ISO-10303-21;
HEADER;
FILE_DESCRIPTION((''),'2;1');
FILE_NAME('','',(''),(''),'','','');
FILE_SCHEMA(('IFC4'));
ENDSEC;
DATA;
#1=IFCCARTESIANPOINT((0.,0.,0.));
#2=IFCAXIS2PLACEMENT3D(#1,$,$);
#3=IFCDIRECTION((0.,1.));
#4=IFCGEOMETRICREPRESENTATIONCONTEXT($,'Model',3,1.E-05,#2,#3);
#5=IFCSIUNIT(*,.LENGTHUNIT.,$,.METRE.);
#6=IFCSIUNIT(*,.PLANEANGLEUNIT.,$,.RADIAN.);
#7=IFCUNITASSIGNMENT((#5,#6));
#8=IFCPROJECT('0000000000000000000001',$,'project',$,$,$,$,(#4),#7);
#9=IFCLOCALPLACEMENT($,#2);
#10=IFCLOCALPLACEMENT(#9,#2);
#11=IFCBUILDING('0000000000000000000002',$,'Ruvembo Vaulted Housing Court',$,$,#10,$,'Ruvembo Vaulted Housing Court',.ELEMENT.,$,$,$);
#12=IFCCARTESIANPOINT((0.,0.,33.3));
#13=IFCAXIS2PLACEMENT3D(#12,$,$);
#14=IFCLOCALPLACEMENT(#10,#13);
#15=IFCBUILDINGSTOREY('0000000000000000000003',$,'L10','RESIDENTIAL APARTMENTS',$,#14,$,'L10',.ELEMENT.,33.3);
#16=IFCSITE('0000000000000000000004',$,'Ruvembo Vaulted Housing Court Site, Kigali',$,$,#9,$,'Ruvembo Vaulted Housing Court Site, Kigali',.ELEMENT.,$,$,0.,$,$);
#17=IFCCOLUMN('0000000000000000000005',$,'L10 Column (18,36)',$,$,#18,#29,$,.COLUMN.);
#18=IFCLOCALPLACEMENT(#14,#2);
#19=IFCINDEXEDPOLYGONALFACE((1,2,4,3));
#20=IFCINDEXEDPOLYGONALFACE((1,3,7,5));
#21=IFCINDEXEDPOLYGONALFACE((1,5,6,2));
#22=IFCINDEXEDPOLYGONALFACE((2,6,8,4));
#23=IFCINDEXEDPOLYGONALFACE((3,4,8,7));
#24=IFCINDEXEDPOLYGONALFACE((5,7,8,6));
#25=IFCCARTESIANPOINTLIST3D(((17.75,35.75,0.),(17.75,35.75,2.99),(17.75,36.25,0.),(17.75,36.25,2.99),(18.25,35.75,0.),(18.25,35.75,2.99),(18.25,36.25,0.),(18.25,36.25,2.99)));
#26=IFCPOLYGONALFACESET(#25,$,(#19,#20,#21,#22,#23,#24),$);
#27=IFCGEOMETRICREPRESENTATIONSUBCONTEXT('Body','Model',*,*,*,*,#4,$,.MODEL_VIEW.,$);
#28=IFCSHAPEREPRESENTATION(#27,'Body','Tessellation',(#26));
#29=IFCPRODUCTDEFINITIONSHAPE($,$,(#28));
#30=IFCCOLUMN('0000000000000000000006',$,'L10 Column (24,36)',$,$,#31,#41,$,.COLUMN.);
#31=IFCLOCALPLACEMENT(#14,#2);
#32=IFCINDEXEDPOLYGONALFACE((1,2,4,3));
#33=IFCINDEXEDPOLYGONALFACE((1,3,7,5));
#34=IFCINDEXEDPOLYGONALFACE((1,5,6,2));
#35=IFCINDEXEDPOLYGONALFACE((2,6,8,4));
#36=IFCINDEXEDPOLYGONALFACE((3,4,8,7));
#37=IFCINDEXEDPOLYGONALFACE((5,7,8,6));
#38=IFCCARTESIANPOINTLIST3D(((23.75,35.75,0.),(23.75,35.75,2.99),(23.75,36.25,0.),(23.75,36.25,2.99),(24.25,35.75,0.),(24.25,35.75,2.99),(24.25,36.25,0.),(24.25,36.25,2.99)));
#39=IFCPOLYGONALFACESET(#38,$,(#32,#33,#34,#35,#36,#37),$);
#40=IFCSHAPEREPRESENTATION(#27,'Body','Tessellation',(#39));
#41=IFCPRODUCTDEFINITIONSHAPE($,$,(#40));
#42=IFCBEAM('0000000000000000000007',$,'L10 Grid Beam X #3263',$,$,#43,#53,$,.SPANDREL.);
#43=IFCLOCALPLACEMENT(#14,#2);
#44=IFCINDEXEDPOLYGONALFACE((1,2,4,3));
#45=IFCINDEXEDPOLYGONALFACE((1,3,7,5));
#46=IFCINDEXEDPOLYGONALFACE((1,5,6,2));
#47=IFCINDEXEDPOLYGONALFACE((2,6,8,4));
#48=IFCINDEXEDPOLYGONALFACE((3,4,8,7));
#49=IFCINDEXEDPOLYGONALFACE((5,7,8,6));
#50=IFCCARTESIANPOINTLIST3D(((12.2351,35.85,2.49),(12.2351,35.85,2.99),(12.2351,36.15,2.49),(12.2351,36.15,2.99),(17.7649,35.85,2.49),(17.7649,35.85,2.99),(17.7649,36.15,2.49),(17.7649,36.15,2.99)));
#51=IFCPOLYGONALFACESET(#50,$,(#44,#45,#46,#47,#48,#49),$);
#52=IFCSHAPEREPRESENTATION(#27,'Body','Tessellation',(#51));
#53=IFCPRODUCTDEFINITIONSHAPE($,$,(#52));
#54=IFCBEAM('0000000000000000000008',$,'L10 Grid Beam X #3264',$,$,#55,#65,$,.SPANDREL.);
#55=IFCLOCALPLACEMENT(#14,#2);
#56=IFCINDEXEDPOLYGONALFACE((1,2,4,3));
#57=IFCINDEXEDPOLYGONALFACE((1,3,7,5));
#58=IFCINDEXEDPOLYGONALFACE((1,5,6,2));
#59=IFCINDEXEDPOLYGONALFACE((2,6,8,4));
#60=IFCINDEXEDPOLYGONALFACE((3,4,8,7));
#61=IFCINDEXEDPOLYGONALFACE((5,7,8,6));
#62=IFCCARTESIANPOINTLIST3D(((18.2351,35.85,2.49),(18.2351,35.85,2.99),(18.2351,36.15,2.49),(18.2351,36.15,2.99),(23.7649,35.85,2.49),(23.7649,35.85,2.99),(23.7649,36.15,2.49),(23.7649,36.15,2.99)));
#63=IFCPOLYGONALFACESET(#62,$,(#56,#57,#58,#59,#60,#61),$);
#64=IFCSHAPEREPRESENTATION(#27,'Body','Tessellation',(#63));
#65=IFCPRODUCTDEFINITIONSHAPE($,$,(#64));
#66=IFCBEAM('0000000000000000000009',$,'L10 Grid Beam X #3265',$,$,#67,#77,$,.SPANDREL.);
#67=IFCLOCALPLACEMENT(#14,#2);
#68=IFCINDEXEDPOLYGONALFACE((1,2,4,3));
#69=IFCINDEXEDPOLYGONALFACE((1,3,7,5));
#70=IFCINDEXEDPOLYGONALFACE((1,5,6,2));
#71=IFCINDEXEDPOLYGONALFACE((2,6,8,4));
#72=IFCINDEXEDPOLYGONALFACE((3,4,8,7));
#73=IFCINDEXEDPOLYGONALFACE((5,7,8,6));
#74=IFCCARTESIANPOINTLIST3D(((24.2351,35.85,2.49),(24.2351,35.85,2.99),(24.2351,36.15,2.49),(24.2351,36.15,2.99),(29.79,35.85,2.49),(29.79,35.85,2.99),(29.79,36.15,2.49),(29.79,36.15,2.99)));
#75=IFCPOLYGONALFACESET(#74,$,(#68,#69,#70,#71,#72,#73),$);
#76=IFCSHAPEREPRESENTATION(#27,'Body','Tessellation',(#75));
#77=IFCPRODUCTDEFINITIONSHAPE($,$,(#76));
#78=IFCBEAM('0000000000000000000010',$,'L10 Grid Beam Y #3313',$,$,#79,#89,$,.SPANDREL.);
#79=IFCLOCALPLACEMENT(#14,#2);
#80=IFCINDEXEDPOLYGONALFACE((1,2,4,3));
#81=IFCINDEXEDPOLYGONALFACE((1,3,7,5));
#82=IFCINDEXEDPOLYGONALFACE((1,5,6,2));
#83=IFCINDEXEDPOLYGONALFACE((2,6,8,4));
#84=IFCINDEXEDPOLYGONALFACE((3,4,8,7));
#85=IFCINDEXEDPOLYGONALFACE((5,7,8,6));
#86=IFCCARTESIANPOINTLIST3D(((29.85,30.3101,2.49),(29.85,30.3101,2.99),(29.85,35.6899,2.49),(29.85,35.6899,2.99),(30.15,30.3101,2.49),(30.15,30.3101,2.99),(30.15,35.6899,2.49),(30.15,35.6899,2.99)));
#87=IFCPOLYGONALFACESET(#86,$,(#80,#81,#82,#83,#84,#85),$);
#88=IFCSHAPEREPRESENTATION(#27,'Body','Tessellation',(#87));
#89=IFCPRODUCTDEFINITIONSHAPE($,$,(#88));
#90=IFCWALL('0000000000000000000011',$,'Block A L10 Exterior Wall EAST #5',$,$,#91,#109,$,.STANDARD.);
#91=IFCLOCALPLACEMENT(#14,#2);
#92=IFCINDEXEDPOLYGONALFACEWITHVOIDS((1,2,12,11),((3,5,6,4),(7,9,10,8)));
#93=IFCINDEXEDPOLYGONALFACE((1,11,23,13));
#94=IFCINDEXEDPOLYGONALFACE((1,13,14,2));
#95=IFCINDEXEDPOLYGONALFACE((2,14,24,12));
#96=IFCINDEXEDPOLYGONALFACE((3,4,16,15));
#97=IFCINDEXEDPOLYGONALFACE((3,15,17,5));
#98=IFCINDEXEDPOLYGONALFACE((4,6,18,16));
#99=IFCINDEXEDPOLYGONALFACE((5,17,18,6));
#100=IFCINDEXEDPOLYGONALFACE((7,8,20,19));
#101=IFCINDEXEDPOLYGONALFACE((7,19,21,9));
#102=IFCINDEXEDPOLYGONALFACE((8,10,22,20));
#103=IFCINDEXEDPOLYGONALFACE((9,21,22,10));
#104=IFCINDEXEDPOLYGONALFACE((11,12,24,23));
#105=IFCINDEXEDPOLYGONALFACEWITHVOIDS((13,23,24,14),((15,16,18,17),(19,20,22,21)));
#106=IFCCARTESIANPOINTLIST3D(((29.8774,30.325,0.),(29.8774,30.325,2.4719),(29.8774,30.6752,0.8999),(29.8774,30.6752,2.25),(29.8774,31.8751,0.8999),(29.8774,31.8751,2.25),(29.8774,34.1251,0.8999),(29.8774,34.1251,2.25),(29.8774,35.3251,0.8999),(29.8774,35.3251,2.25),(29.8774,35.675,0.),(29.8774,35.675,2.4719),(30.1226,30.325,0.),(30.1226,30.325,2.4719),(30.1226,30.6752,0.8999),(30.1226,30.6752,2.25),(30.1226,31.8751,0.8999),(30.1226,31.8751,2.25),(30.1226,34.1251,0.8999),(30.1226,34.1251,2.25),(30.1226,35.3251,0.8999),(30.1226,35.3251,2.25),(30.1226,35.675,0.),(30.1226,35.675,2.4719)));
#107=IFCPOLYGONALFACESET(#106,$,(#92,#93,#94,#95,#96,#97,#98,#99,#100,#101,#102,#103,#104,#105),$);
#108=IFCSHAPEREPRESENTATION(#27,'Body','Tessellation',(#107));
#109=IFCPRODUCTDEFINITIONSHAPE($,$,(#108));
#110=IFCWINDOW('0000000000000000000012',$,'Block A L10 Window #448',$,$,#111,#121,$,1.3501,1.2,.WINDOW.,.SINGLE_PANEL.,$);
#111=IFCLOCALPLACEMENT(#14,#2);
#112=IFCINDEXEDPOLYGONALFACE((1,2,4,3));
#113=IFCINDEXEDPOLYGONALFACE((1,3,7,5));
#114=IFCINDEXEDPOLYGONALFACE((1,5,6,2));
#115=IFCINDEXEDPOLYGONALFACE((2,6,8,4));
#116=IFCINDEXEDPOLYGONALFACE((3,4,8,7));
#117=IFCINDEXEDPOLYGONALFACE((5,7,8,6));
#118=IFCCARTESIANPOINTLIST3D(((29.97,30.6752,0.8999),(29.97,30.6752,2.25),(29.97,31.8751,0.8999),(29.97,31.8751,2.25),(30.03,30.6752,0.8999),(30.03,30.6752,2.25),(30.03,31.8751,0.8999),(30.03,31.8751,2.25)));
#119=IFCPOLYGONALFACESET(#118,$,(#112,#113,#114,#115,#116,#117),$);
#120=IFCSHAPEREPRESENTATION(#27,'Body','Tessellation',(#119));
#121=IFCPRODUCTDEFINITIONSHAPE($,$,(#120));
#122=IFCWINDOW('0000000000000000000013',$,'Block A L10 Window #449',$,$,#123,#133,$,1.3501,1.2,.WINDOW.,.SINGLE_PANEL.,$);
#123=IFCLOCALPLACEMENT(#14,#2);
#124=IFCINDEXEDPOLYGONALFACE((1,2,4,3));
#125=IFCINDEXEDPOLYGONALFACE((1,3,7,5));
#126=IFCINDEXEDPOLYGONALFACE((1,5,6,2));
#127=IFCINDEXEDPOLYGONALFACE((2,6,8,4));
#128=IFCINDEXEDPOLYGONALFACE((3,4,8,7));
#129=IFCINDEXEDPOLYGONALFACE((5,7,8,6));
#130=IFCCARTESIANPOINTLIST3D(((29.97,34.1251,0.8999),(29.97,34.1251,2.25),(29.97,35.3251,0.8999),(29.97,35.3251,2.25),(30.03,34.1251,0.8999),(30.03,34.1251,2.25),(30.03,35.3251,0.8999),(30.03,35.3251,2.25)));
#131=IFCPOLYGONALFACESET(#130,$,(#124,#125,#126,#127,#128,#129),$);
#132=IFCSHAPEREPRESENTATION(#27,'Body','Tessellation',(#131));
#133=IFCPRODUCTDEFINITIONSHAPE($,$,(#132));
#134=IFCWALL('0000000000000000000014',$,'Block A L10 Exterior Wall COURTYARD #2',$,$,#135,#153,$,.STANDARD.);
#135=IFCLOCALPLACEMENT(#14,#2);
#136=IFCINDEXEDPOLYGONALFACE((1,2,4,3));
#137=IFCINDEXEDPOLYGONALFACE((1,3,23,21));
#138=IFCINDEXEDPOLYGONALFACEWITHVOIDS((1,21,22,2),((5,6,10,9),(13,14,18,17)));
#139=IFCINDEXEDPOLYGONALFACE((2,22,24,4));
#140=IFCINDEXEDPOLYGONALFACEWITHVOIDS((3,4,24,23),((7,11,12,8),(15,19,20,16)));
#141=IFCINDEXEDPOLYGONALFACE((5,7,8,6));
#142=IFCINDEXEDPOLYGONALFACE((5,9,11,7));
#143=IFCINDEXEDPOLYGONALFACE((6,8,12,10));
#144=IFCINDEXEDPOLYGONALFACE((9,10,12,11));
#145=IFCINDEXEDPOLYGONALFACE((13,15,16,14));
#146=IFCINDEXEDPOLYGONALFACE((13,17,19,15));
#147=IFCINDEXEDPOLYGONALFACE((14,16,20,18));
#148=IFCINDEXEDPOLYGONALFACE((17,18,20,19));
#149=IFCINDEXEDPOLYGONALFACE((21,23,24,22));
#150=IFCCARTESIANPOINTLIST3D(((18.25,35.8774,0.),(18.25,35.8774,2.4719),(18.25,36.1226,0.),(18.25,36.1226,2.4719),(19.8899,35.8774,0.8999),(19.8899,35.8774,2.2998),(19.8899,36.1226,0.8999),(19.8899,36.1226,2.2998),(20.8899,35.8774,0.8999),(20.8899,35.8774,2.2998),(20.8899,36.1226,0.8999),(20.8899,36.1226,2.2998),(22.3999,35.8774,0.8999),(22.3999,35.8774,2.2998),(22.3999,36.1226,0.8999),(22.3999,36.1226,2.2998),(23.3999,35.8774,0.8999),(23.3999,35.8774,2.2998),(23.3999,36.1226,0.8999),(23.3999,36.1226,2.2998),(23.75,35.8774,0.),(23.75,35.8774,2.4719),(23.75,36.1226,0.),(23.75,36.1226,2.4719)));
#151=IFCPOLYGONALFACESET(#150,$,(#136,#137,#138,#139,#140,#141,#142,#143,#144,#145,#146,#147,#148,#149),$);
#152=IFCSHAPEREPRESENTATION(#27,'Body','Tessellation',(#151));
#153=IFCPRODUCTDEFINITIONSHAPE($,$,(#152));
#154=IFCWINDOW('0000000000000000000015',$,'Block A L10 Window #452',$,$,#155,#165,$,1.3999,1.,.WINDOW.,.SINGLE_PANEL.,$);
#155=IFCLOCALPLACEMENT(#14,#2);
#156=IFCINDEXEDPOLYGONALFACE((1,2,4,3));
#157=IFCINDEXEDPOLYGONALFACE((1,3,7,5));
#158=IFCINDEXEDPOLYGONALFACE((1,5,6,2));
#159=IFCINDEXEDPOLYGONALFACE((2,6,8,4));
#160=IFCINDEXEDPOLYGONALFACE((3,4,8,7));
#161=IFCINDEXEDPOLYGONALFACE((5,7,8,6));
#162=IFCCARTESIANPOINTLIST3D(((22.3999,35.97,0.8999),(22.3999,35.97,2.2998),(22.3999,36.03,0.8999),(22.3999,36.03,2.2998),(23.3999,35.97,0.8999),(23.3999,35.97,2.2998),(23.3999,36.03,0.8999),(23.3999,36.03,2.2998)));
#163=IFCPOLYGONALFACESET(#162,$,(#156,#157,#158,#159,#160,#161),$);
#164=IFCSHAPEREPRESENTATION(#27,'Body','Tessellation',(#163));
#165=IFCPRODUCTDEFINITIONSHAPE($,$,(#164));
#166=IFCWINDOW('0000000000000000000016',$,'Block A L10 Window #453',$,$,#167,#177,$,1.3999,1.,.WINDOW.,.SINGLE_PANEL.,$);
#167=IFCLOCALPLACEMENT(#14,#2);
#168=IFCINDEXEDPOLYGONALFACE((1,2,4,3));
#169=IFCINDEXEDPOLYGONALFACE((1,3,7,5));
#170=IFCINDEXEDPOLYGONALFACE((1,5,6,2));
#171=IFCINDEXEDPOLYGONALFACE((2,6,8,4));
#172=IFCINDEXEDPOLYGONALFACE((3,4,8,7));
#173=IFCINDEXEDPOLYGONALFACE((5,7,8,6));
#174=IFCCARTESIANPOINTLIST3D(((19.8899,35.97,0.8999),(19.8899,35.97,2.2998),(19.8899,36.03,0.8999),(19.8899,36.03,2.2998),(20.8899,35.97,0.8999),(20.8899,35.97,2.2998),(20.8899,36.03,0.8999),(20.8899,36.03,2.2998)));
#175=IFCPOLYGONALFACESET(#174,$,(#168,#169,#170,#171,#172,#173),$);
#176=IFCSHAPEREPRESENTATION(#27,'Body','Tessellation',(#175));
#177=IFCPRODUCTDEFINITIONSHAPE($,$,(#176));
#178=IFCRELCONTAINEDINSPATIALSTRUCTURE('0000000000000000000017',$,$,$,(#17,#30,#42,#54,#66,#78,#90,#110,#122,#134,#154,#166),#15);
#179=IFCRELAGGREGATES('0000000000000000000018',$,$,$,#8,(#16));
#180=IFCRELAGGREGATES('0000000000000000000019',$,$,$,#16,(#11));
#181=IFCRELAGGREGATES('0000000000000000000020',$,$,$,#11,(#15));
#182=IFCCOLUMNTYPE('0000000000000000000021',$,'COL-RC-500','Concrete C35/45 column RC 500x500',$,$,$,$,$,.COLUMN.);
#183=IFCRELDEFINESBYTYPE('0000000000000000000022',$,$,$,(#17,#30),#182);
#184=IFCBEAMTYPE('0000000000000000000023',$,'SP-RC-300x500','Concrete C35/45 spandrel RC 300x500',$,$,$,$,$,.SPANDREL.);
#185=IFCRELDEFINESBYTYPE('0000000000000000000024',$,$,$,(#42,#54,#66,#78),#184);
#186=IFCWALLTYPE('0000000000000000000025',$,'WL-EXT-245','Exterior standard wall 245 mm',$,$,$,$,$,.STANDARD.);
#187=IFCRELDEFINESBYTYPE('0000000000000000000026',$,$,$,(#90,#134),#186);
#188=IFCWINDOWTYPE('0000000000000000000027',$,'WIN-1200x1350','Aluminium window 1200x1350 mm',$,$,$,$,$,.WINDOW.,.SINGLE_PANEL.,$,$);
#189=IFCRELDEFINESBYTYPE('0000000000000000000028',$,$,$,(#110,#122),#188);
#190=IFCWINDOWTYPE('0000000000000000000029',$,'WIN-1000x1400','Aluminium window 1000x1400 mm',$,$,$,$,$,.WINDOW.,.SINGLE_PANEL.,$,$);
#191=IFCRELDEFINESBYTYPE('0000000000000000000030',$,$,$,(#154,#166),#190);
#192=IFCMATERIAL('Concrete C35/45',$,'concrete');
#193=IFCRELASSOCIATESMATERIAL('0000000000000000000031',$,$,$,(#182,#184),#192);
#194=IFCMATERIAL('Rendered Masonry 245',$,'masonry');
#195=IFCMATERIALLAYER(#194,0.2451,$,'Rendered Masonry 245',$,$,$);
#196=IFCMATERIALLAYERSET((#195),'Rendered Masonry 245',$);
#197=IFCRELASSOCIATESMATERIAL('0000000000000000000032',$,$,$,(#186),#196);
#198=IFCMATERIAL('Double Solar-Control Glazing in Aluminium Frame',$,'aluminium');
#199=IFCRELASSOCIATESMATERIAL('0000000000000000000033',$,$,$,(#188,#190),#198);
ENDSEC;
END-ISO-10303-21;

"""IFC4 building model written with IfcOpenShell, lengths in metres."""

from ifc_helpers import new_model, si_unit, direction, frame, frame_2d, origin, origin_2d, place, context, subcontext, project, spatial, rectangle, extrude, material, layer, layer_set, material_profile, profile_set, type_object, element, fill, save


model = new_model("IFC4")

# Units and contexts
model_context = context("Model", 3, precision=1e-05, world=origin(), true_north=direction((0.0, 1.0)))
body_context = subcontext(model_context, "Body", "Model", "MODEL_VIEW")
ifc_project = project(units=[si_unit("LENGTHUNIT", "METRE"), si_unit("PLANEANGLEUNIT", "RADIAN")], contexts=[model_context])

# Site, building, storey
site_placement = place(None, origin())
site = spatial("IfcSite", under=ifc_project, at=site_placement, Name="Ruvembo Vaulted Housing Court Site, Kigali", LongName="Ruvembo Vaulted Housing Court Site, Kigali", CompositionType="ELEMENT", RefElevation=0.0)
building_placement = place(site_placement, origin())
building = spatial("IfcBuilding", under=site, at=building_placement, Name="Ruvembo Vaulted Housing Court", LongName="Ruvembo Vaulted Housing Court", CompositionType="ELEMENT")
storey_placement = place(building_placement, frame((0.0, 0.0, 33.3)))
storey = spatial("IfcBuildingStorey", under=building, at=storey_placement, Name="L10", Description="RESIDENTIAL APARTMENTS", LongName="L10", CompositionType="ELEMENT", Elevation=33.3)

# Columns
ifc_material_1 = material(Name="Concrete C35/45", Category="concrete")
ifc_material_profile_1 = material_profile(ifc_material_1, rectangle(XDim=0.5, YDim=0.5, at=origin_2d()), Name="RC 500x500")
ifc_profile_set_1 = profile_set([ifc_material_profile_1], Name="Concrete C35/45")
column_type = type_object("IfcColumnType", Name="COL-RC-500", Description="Concrete C35/45 column RC 500x500", PredefinedType="COLUMN", material=ifc_profile_set_1)
for number, where, z_axis, x_axis, name in (
    (1, (18.0, 36.0, 0.0), (0.0, 0.0, 1.0), (1.0, 0.0, 0.0), "L10 Column (18,36)"),
    (2, (24.0, 36.0, 0.0), (0.0, 0.0, 1.0), (1.0, 0.0, 0.0), "L10 Column (24,36)"),
):
    element("IfcColumn", number, at=place(storey_placement, frame(where, z_axis=z_axis, x_axis=x_axis)), inside=storey, type_object=column_type, Name=name, PredefinedType="COLUMN", context=body_context, shape_type="SweptSolid", body=[
        extrude(rectangle(XDim=0.5, YDim=0.5, at=origin_2d()), origin(), (0.0, 0.0, 1.0), 2.99),
    ])

# Beams
ifc_material_profile_2 = material_profile(ifc_material_1, rectangle(XDim=0.3, YDim=0.5, at=origin_2d()), Name="RC 300x500")
ifc_profile_set_2 = profile_set([ifc_material_profile_2], Name="Concrete C35/45")
beam_type = type_object("IfcBeamType", Name="SP-RC-300x500", Description="Concrete C35/45 spandrel RC 300x500", PredefinedType="SPANDREL", material=ifc_profile_set_2)
for number, where, z_axis, x_axis, name in (
    (3, (12.2351, 36.0, 2.74), (1.0, 0.0, 0.0), (0.0, 1.0, 0.0), "L10 Grid Beam X #3263"),
    (4, (18.2351, 36.0, 2.74), (1.0, 0.0, 0.0), (0.0, 1.0, 0.0), "L10 Grid Beam X #3264"),
):
    element("IfcBeam", number, at=place(storey_placement, frame(where, z_axis=z_axis, x_axis=x_axis)), inside=storey, type_object=beam_type, Name=name, PredefinedType="SPANDREL", context=body_context, shape_type="SweptSolid", body=[
        extrude(rectangle(XDim=0.3, YDim=0.5, at=origin_2d()), origin(), (0.0, 0.0, 1.0), 5.5298),
    ])
beam_1_placement = place(storey_placement, frame((24.2351, 36.0, 2.74), z_axis=(1.0, 0.0, 0.0), x_axis=(0.0, 1.0, 0.0)))
element("IfcBeam", 5, at=beam_1_placement, inside=storey, type_object=beam_type, Name="L10 Grid Beam X #3265", PredefinedType="SPANDREL", context=body_context, shape_type="SweptSolid", body=[
    extrude(rectangle(XDim=0.3, YDim=0.5, at=origin_2d()), origin(), (0.0, 0.0, 1.0), 5.5549),
])
beam_2_placement = place(storey_placement, frame((30.0, 30.3101, 2.74), z_axis=(0.0, 1.0, 0.0), x_axis=(-1.0, 0.0, 0.0)))
element("IfcBeam", 6, at=beam_2_placement, inside=storey, type_object=beam_type, Name="L10 Grid Beam Y #3313", PredefinedType="SPANDREL", context=body_context, shape_type="SweptSolid", body=[
    extrude(rectangle(XDim=0.3, YDim=0.5, at=origin_2d()), origin(), (0.0, 0.0, 1.0), 5.3799),
])

# Walls, openings, windows
ifc_material_2 = material(Name="Rendered Masonry 245", Category="masonry")
ifc_layer_1 = layer(ifc_material_2, 0.2451, Name="Rendered Masonry 245")
ifc_layer_set_1 = layer_set([ifc_layer_1], Name="Rendered Masonry 245")
wall_type_1 = type_object("IfcWallType", Name="WL-EXT-245", Description="Exterior standard wall 245 mm", PredefinedType="STANDARD", material=ifc_layer_set_1)
wall_1_placement = place(storey_placement, frame((30.0, 30.325, 0.0), z_axis=(0.0, 0.0, 1.0), x_axis=(0.0, 1.0, 0.0)))
wall_1 = element("IfcWall", 7, at=wall_1_placement, inside=storey, type_object=wall_type_1, Name="Block A L10 Exterior Wall EAST #5", PredefinedType="STANDARD", context=body_context, shape_type="SweptSolid", body=[
    extrude(rectangle(XDim=5.3501, YDim=0.2451, at=frame_2d((2.675, 0.0))), origin(), (0.0, 0.0, 1.0), 2.4719),
])
opening_1_placement = place(wall_1_placement, frame((0.3501, 0.0, 0.8999)))
opening_1 = element("IfcOpeningElement", 8, at=opening_1_placement, cuts=wall_1, PredefinedType="OPENING", context=body_context, shape_type="SweptSolid", body=[
    extrude(rectangle(XDim=1.2, YDim=1.3501, at=frame_2d((0.6001, 0.675))), frame((0.0, 0.1326, 0.0), z_axis=(0.0, -1.0, 0.0), x_axis=(1.0, 0.0, 0.0)), (0.0, 0.0, 1.0), 0.2651),
])
opening_2_placement = place(wall_1_placement, frame((3.8, 0.0, 0.8999)))
opening_2 = element("IfcOpeningElement", 9, at=opening_2_placement, cuts=wall_1, PredefinedType="OPENING", context=body_context, shape_type="SweptSolid", body=[
    extrude(rectangle(XDim=1.2, YDim=1.3501, at=frame_2d((0.6001, 0.675))), frame((0.0, 0.1326, 0.0), z_axis=(0.0, -1.0, 0.0), x_axis=(1.0, 0.0, 0.0)), (0.0, 0.0, 1.0), 0.2651),
])
ifc_material_3 = material(Name="Double Solar-Control Glazing in Aluminium Frame", Category="aluminium")
window_type_1 = type_object("IfcWindowType", Name="WIN-1200x1350", Description="Aluminium window 1200x1350 mm", PartitioningType="SINGLE_PANEL", PredefinedType="WINDOW", material=ifc_material_3)
window_1_placement = place(opening_1_placement, origin())
window_1 = element("IfcWindow", 10, at=window_1_placement, inside=storey, type_object=window_type_1, Name="Block A L10 Window #448", OverallHeight=1.3501, OverallWidth=1.2, PartitioningType="SINGLE_PANEL", PredefinedType="WINDOW", context=body_context, shape_type="SweptSolid", body=[
    extrude(rectangle(XDim=1.2, YDim=1.3501, at=frame_2d((0.6001, 0.675))), frame((0.0, 0.03, 0.0), z_axis=(0.0, -1.0, 0.0), x_axis=(1.0, 0.0, 0.0)), (0.0, 0.0, 1.0), 0.0601),
])
fill(opening_1, window_1)
window_2_placement = place(opening_2_placement, origin())
window_2 = element("IfcWindow", 11, at=window_2_placement, inside=storey, type_object=window_type_1, Name="Block A L10 Window #449", OverallHeight=1.3501, OverallWidth=1.2, PartitioningType="SINGLE_PANEL", PredefinedType="WINDOW", context=body_context, shape_type="SweptSolid", body=[
    extrude(rectangle(XDim=1.2, YDim=1.3501, at=frame_2d((0.6001, 0.675))), frame((0.0, 0.03, 0.0), z_axis=(0.0, -1.0, 0.0), x_axis=(1.0, 0.0, 0.0)), (0.0, 0.0, 1.0), 0.0601),
])
fill(opening_2, window_2)
wall_2_placement = place(storey_placement, frame((23.75, 36.0, 0.0), z_axis=(0.0, 0.0, 1.0), x_axis=(-1.0, 0.0, 0.0)))
wall_2 = element("IfcWall", 12, at=wall_2_placement, inside=storey, type_object=wall_type_1, Name="Block A L10 Exterior Wall COURTYARD #2", PredefinedType="STANDARD", context=body_context, shape_type="SweptSolid", body=[
    extrude(rectangle(XDim=5.5, YDim=0.2451, at=frame_2d((2.75, 0.0))), origin(), (0.0, 0.0, 1.0), 2.4719),
])
opening_3_placement = place(wall_2_placement, frame((0.3501, 0.0, 0.8999)))
opening_3 = element("IfcOpeningElement", 13, at=opening_3_placement, cuts=wall_2, PredefinedType="OPENING", context=body_context, shape_type="SweptSolid", body=[
    extrude(rectangle(XDim=1.0, YDim=1.3999, at=frame_2d((0.5, 0.7))), frame((0.0, 0.1326, 0.0), z_axis=(0.0, -1.0, 0.0), x_axis=(1.0, 0.0, 0.0)), (0.0, 0.0, 1.0), 0.2651),
])
opening_4_placement = place(wall_2_placement, frame((2.8601, 0.0, 0.8999)))
opening_4 = element("IfcOpeningElement", 14, at=opening_4_placement, cuts=wall_2, PredefinedType="OPENING", context=body_context, shape_type="SweptSolid", body=[
    extrude(rectangle(XDim=1.0, YDim=1.3999, at=frame_2d((0.5, 0.7))), frame((0.0, 0.1326, 0.0), z_axis=(0.0, -1.0, 0.0), x_axis=(1.0, 0.0, 0.0)), (0.0, 0.0, 1.0), 0.2651),
])
window_type_2 = type_object("IfcWindowType", Name="WIN-1000x1400", Description="Aluminium window 1000x1400 mm", PartitioningType="SINGLE_PANEL", PredefinedType="WINDOW", material=ifc_material_3)
window_3_placement = place(opening_3_placement, origin())
window_3 = element("IfcWindow", 15, at=window_3_placement, inside=storey, type_object=window_type_2, Name="Block A L10 Window #452", OverallHeight=1.3999, OverallWidth=1.0, PartitioningType="SINGLE_PANEL", PredefinedType="WINDOW", context=body_context, shape_type="SweptSolid", body=[
    extrude(rectangle(XDim=1.0, YDim=1.3999, at=frame_2d((0.5, 0.7))), frame((0.0, 0.03, 0.0), z_axis=(0.0, -1.0, 0.0), x_axis=(1.0, 0.0, 0.0)), (0.0, 0.0, 1.0), 0.0601),
])
fill(opening_3, window_3)
window_4_placement = place(opening_4_placement, origin())
window_4 = element("IfcWindow", 16, at=window_4_placement, inside=storey, type_object=window_type_2, Name="Block A L10 Window #453", OverallHeight=1.3999, OverallWidth=1.0, PartitioningType="SINGLE_PANEL", PredefinedType="WINDOW", context=body_context, shape_type="SweptSolid", body=[
    extrude(rectangle(XDim=1.0, YDim=1.3999, at=frame_2d((0.5, 0.7))), frame((0.0, 0.03, 0.0), z_axis=(0.0, -1.0, 0.0), x_axis=(1.0, 0.0, 0.0)), (0.0, 0.0, 1.0), 0.0601),
])
fill(opening_4, window_4)

save(model, "model.ifc")
